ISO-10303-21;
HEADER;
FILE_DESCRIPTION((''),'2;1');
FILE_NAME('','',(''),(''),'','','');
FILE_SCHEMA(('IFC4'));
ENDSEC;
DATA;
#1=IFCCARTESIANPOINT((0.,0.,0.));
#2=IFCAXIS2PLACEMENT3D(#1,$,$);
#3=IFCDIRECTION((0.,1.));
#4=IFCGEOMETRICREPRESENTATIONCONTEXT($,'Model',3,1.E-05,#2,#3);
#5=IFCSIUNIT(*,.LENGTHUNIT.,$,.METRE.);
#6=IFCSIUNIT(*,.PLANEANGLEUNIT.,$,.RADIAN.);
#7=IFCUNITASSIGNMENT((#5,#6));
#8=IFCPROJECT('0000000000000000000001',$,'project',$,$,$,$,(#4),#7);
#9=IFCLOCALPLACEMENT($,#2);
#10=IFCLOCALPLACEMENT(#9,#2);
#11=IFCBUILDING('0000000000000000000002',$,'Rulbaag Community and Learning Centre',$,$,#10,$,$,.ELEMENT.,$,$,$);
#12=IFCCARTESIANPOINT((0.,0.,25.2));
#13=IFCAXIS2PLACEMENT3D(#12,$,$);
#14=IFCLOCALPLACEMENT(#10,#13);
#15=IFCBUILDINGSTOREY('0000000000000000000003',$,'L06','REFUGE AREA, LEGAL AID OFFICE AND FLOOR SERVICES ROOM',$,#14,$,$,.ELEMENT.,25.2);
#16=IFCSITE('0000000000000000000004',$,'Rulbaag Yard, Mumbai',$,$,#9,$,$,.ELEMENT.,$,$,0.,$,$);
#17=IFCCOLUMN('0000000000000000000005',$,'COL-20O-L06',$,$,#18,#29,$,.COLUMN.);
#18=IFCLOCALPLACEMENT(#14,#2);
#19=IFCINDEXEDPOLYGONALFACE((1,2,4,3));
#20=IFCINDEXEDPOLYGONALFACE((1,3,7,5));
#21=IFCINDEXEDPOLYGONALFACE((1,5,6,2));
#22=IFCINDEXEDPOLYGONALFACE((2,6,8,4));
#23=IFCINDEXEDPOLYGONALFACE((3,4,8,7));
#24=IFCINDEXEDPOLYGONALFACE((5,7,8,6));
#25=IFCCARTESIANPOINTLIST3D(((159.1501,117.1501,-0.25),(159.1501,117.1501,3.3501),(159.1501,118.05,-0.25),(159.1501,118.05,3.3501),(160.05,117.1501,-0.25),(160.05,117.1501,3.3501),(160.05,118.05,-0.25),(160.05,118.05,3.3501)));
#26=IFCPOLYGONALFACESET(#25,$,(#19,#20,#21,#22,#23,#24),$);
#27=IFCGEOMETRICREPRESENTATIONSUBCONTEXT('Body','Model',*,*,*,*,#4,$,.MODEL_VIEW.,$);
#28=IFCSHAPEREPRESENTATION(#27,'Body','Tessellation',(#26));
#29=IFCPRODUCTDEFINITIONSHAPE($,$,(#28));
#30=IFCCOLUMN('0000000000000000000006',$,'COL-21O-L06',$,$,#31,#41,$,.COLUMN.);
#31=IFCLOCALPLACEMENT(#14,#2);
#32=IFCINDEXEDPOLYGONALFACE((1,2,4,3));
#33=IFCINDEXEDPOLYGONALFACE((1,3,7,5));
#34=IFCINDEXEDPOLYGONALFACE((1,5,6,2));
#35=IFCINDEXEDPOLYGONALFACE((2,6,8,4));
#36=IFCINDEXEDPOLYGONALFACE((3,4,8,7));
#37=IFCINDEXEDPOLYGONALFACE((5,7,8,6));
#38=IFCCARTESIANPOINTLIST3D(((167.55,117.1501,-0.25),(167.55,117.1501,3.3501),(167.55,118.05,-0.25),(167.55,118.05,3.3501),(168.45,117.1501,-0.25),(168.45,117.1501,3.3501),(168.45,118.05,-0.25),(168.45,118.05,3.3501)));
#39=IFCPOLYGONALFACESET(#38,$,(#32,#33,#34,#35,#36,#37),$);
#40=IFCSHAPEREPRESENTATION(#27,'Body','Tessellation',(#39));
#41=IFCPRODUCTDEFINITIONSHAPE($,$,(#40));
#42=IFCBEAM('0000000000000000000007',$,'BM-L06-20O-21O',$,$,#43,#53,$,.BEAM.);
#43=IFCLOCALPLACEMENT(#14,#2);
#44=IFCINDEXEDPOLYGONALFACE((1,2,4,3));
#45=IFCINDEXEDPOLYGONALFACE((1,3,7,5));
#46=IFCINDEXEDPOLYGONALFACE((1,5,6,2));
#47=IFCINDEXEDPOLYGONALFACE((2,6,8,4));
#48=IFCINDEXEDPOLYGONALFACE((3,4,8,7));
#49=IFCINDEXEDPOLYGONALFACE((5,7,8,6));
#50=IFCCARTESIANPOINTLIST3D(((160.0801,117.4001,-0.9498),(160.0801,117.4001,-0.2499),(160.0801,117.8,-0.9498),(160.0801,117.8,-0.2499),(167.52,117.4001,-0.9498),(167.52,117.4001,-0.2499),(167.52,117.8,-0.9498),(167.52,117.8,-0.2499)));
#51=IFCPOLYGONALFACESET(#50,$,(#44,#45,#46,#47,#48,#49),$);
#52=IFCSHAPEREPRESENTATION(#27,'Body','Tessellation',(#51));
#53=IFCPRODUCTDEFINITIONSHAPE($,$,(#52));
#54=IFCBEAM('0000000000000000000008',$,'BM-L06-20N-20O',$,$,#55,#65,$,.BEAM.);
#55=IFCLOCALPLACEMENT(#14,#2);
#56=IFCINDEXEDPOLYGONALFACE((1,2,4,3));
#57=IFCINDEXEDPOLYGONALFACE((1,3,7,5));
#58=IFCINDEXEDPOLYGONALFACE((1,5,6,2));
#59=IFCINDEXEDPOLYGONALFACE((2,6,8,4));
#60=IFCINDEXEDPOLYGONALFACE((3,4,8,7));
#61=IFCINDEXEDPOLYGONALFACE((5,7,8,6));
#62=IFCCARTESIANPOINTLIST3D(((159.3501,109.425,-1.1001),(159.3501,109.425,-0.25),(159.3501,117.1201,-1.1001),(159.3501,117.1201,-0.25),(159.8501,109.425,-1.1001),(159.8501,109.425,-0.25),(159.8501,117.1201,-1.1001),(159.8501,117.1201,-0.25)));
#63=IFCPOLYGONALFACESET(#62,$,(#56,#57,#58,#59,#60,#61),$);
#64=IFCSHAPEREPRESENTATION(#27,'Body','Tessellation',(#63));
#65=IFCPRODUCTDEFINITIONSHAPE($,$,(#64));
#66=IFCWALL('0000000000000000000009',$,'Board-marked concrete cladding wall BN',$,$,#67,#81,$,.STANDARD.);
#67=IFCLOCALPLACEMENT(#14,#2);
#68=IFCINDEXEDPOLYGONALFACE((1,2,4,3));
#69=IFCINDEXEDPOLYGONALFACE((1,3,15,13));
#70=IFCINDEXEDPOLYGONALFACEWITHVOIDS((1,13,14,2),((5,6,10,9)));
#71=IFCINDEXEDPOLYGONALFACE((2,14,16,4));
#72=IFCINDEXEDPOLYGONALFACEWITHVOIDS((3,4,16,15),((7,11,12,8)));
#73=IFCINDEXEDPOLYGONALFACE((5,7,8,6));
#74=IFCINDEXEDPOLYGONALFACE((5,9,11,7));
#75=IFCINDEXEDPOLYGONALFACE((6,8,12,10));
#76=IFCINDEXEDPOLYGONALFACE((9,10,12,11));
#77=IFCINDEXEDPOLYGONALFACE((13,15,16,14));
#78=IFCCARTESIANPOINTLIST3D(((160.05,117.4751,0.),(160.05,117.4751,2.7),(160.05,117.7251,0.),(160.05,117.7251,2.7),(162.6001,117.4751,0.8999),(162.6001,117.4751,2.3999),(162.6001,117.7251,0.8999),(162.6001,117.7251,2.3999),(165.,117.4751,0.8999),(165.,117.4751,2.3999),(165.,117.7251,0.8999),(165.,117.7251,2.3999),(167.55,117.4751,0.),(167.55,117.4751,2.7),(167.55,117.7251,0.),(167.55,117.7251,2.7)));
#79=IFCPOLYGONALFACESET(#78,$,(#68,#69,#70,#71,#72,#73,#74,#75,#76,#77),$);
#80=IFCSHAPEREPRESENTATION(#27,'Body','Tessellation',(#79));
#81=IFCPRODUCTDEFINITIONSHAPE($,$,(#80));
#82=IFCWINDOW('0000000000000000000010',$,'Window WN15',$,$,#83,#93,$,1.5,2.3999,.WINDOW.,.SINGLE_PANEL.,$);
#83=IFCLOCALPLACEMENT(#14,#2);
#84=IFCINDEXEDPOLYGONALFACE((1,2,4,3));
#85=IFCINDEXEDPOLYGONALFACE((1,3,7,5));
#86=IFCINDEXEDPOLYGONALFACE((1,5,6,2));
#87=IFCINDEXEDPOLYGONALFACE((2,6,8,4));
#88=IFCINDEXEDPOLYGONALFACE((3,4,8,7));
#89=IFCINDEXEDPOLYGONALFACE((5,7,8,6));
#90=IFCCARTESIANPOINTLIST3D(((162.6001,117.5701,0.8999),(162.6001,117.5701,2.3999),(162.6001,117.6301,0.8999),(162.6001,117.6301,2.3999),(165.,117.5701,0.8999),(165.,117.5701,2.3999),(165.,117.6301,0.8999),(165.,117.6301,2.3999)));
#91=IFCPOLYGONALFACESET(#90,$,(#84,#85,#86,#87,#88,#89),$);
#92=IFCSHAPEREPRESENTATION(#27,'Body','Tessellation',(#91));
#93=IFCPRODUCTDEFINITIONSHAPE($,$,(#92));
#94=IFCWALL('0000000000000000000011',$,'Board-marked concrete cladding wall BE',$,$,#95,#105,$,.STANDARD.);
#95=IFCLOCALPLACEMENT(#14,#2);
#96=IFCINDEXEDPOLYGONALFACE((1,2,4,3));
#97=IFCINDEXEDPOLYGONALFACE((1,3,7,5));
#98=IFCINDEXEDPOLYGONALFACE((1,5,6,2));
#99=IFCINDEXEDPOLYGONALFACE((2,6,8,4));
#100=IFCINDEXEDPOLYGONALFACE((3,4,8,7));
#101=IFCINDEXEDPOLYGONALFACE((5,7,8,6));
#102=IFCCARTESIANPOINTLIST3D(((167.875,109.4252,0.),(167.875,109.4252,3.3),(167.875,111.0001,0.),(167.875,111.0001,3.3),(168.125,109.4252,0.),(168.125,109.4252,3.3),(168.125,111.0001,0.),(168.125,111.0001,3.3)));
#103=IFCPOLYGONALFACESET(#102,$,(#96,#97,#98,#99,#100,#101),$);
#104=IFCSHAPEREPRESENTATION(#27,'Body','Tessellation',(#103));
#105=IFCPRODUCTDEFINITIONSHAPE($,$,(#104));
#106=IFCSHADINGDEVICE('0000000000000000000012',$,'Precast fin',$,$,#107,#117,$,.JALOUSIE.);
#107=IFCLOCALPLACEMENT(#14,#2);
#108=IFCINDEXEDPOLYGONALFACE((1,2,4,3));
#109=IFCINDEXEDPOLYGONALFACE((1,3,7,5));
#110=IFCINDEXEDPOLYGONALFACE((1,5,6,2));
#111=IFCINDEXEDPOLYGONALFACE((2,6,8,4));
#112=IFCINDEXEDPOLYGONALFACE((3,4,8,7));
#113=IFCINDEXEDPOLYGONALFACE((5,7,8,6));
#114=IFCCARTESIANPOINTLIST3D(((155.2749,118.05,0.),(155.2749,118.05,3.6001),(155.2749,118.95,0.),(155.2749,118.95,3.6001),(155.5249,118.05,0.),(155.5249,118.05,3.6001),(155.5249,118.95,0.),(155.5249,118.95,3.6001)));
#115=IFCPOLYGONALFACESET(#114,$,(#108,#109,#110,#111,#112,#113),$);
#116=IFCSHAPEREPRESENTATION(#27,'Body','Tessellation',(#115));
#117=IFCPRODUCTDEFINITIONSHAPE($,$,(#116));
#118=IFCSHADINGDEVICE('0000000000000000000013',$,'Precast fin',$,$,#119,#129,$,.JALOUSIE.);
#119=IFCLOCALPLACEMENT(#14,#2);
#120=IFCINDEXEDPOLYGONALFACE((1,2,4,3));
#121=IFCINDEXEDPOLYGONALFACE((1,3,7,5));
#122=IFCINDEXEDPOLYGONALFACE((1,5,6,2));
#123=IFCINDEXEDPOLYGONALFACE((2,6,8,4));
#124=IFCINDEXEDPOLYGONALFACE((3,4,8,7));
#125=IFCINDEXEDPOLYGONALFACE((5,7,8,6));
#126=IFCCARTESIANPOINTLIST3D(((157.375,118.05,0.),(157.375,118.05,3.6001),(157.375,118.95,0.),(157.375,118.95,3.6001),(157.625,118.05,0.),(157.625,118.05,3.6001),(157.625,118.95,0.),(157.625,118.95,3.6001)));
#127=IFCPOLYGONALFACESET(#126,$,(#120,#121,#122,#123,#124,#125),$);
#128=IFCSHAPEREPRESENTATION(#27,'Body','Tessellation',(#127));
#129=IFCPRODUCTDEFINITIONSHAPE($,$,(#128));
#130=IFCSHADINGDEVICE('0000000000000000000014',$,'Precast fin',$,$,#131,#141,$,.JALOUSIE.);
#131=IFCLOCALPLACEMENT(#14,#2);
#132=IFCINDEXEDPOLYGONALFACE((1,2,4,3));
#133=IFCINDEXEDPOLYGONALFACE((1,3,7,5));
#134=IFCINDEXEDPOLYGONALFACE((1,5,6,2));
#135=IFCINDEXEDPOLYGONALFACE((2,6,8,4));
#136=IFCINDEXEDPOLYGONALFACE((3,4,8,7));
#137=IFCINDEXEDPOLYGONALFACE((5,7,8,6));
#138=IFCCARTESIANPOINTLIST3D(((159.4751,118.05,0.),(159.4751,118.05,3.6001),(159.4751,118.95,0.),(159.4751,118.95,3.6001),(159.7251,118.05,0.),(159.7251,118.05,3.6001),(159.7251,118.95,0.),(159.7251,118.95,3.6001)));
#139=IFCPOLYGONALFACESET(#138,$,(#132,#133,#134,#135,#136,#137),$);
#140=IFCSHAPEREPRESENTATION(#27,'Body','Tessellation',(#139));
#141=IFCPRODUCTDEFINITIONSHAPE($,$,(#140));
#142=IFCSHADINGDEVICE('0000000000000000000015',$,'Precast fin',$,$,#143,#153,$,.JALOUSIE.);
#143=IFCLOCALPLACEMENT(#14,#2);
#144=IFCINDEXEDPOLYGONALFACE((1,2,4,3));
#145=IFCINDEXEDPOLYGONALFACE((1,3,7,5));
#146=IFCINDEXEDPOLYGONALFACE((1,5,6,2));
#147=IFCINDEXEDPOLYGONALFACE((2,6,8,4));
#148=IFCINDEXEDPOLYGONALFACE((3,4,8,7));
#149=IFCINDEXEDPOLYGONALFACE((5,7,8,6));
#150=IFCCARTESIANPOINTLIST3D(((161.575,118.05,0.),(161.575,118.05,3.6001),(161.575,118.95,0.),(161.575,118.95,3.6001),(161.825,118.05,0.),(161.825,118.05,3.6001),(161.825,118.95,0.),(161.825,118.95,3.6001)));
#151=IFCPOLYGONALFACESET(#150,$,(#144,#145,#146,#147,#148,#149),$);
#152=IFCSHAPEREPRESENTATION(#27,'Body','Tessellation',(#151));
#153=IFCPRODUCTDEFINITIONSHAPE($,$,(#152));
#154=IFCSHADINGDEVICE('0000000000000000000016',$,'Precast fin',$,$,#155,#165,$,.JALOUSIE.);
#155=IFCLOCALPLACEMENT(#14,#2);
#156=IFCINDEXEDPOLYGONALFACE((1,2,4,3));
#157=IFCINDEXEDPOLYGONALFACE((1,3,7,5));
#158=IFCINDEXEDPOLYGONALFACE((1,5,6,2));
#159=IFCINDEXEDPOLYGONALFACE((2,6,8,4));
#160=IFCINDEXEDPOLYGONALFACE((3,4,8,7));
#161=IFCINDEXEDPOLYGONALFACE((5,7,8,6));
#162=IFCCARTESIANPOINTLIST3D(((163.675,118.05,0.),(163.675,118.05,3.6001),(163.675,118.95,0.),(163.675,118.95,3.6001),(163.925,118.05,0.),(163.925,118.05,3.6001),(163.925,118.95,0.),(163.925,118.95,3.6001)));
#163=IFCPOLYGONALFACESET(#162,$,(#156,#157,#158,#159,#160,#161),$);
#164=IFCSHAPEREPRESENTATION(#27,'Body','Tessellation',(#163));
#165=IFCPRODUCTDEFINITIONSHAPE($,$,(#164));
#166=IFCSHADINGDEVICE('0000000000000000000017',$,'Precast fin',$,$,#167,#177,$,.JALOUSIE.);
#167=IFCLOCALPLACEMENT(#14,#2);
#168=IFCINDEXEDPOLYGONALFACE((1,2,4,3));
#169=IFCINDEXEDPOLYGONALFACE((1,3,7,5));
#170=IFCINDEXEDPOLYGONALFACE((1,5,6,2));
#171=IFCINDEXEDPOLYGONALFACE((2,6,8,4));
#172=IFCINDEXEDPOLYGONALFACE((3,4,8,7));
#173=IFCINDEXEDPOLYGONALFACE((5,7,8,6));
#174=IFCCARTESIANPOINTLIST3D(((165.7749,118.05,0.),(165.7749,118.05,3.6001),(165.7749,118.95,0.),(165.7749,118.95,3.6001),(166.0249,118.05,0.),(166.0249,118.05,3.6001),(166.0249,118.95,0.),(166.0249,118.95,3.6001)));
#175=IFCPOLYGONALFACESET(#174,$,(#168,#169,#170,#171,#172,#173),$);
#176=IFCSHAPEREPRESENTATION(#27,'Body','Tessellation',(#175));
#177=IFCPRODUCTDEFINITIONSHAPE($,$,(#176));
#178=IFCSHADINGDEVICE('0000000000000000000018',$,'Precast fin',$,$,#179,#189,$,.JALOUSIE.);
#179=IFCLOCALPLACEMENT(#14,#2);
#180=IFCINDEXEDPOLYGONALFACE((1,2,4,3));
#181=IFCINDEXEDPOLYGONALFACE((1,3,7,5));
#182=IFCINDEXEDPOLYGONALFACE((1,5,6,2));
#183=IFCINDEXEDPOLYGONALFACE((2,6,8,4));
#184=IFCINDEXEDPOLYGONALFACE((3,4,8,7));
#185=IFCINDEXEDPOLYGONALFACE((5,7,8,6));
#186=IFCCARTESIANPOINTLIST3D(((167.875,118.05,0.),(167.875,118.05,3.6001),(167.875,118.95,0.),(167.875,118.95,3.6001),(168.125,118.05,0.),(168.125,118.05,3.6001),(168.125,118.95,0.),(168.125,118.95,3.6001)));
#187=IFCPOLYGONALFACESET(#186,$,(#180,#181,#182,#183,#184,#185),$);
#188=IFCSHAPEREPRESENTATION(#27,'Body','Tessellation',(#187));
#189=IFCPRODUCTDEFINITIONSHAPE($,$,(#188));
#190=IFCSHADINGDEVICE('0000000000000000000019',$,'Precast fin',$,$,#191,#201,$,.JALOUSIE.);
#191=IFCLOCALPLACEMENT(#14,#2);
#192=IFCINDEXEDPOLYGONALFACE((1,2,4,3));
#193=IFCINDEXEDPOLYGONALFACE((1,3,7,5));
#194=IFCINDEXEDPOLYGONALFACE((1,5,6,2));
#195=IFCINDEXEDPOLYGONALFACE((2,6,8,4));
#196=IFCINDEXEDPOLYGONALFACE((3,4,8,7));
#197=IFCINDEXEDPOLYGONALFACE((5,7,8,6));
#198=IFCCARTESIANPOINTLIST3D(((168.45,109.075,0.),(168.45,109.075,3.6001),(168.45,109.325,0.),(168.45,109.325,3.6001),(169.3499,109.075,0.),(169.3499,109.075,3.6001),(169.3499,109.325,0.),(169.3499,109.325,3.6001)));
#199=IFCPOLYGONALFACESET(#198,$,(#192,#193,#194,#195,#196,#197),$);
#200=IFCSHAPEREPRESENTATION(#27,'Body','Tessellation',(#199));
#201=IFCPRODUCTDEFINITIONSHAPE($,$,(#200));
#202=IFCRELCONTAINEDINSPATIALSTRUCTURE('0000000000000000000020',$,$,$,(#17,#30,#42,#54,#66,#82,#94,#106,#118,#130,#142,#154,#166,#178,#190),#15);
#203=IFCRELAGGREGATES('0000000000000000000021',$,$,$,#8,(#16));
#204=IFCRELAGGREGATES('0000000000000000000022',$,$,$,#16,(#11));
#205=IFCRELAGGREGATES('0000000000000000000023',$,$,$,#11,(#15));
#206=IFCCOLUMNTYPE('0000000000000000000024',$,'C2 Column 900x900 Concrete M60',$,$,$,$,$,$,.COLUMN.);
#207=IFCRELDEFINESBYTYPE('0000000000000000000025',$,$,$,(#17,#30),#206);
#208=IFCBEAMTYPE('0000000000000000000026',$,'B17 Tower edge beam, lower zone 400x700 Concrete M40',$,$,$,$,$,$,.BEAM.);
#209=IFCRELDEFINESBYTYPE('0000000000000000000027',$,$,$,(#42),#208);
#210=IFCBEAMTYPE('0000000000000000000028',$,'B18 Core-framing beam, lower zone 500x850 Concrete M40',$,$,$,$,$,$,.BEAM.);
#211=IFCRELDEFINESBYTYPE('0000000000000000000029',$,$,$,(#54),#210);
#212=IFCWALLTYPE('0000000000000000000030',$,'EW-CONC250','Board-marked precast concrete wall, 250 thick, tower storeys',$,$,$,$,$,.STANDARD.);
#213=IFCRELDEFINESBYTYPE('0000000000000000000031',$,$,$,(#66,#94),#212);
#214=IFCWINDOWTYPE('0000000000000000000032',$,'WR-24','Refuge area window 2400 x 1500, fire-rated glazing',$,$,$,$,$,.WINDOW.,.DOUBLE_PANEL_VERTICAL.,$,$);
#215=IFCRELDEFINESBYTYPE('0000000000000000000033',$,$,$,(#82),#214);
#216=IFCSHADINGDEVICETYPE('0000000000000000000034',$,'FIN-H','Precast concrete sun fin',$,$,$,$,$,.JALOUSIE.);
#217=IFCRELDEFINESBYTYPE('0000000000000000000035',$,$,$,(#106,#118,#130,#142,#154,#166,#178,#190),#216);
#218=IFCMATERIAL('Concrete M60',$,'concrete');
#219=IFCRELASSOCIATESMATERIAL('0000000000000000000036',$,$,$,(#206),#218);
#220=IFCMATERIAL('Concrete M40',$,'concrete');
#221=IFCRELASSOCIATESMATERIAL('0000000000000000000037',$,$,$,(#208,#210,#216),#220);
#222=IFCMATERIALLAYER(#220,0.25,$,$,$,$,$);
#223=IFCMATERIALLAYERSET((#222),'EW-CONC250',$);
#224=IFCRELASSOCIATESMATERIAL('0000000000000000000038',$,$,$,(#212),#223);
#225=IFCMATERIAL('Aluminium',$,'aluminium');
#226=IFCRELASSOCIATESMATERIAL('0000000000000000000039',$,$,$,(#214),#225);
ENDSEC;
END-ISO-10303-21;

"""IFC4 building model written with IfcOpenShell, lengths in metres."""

from ifc_helpers import new_model, si_unit, direction, frame, frame_2d, origin, origin_2d, place, context, subcontext, project, spatial, rectangle, extrude, material, layer, layer_set, material_profile, profile_set, type_object, element, fill, save


model = new_model("IFC4")

# Units and contexts
model_context = context("Model", 3, precision=1e-05, world=origin(), true_north=direction((0.0, 1.0)))
body_context = subcontext(model_context, "Body", "Model", "MODEL_VIEW")
ifc_project = project(units=[si_unit("LENGTHUNIT", "METRE"), si_unit("PLANEANGLEUNIT", "RADIAN")], contexts=[model_context])

# Site, building, storey
site_placement = place(None, origin())
site = spatial("IfcSite", under=ifc_project, at=site_placement, Name="Rulbaag Yard, Mumbai", CompositionType="ELEMENT", RefElevation=0.0)
building_placement = place(site_placement, origin())
building = spatial("IfcBuilding", under=site, at=building_placement, Name="Rulbaag Community and Learning Centre", CompositionType="ELEMENT")
storey_placement = place(building_placement, frame((0.0, 0.0, 25.2)))
storey = spatial("IfcBuildingStorey", under=building, at=storey_placement, Name="L06", Description="REFUGE AREA, LEGAL AID OFFICE AND FLOOR SERVICES ROOM", CompositionType="ELEMENT", Elevation=25.2)

# Columns
ifc_material_1 = material(Name="Concrete M60", Category="concrete")
ifc_material_profile_1 = material_profile(ifc_material_1, rectangle(XDim=0.8999, YDim=0.8999, at=origin_2d()), Name="RC900x900")
ifc_profile_set_1 = profile_set([ifc_material_profile_1], Name="Concrete M60")
column_type = type_object("IfcColumnType", Name="C2 Column 900x900 Concrete M60", PredefinedType="COLUMN", material=ifc_profile_set_1)
for number, where, z_axis, x_axis, name in (
    (1, (159.6001, 117.6001, -0.25), (0.0, 0.0, 1.0), (1.0, 0.0, 0.0), "COL-20O-L06"),
    (2, (168.0, 117.6001, -0.25), (0.0, 0.0, 1.0), (1.0, 0.0, 0.0), "COL-21O-L06"),
):
    element("IfcColumn", number, at=place(storey_placement, frame(where, z_axis=z_axis, x_axis=x_axis)), inside=storey, type_object=column_type, Name=name, PredefinedType="COLUMN", context=body_context, shape_type="SweptSolid", body=[
        extrude(rectangle(XDim=0.8999, YDim=0.8999, at=origin_2d()), origin(), (0.0, 0.0, 1.0), 3.6001),
    ])

# Beams
ifc_material_2 = material(Name="Concrete M40", Category="concrete")
ifc_material_profile_2 = material_profile(ifc_material_2, rectangle(XDim=0.3999, YDim=0.7, at=origin_2d()), Name="RB400x700")
ifc_profile_set_2 = profile_set([ifc_material_profile_2], Name="Concrete M40")
beam_type_1 = type_object("IfcBeamType", Name="B17 Tower edge beam, lower zone 400x700 Concrete M40", PredefinedType="BEAM", material=ifc_profile_set_2)
beam_1_placement = place(storey_placement, frame((160.0801, 117.6001, -0.5999), z_axis=(1.0, 0.0, 0.0), x_axis=(0.0, 1.0, 0.0)))
element("IfcBeam", 3, at=beam_1_placement, inside=storey, type_object=beam_type_1, Name="BM-L06-20O-21O", PredefinedType="BEAM", context=body_context, shape_type="SweptSolid", body=[
    extrude(rectangle(XDim=0.3999, YDim=0.7, at=origin_2d()), origin(), (0.0, 0.0, 1.0), 7.4399),
])
ifc_material_profile_3 = material_profile(ifc_material_2, rectangle(XDim=0.5, YDim=0.8501, at=origin_2d()), Name="RB500x850")
ifc_profile_set_3 = profile_set([ifc_material_profile_3], Name="Concrete M40")
beam_type_2 = type_object("IfcBeamType", Name="B18 Core-framing beam, lower zone 500x850 Concrete M40", PredefinedType="BEAM", material=ifc_profile_set_3)
beam_2_placement = place(storey_placement, frame((159.6001, 109.425, -0.675), z_axis=(0.0, 1.0, 0.0), x_axis=(-1.0, 0.0, 0.0)))
element("IfcBeam", 4, at=beam_2_placement, inside=storey, type_object=beam_type_2, Name="BM-L06-20N-20O", PredefinedType="BEAM", context=body_context, shape_type="SweptSolid", body=[
    extrude(rectangle(XDim=0.5, YDim=0.8501, at=origin_2d()), origin(), (0.0, 0.0, 1.0), 7.6951),
])

# Wall, opening, window
ifc_layer = layer(ifc_material_2, 0.25)
ifc_layer_set = layer_set([ifc_layer], Name="EW-CONC250")
wall_type = type_object("IfcWallType", Name="EW-CONC250", Description="Board-marked precast concrete wall, 250 thick, tower storeys", PredefinedType="STANDARD", material=ifc_layer_set)
wall_1_placement = place(storey_placement, frame((160.05, 117.6001, 0.0), z_axis=(0.0, 0.0, 1.0), x_axis=(1.0, 0.0, 0.0)))
wall_1 = element("IfcWall", 5, at=wall_1_placement, inside=storey, type_object=wall_type, Name="Board-marked concrete cladding wall BN", PredefinedType="STANDARD", context=body_context, shape_type="SweptSolid", body=[
    extrude(rectangle(XDim=7.5, YDim=0.25, at=frame_2d((3.75, 0.0))), origin(), (0.0, 0.0, 1.0), 2.7),
])
opening_placement = place(wall_1_placement, frame((2.55, 0.0, 0.8999)))
opening = element("IfcOpeningElement", 6, at=opening_placement, cuts=wall_1, PredefinedType="OPENING", context=body_context, shape_type="SweptSolid", body=[
    extrude(rectangle(XDim=2.3999, YDim=1.5, at=frame_2d((1.2, 0.75))), frame((0.0, 0.135, 0.0), z_axis=(0.0, -1.0, 0.0), x_axis=(1.0, 0.0, 0.0)), (0.0, 0.0, 1.0), 0.27),
])
ifc_material_3 = material(Name="Aluminium", Category="aluminium")
window_type = type_object("IfcWindowType", Name="WR-24", Description="Refuge area window 2400 x 1500, fire-rated glazing", PartitioningType="DOUBLE_PANEL_VERTICAL", PredefinedType="WINDOW", material=ifc_material_3)
window_placement = place(opening_placement, origin())
window = element("IfcWindow", 7, at=window_placement, inside=storey, type_object=window_type, Name="Window WN15", OverallHeight=1.5, OverallWidth=2.3999, PartitioningType="SINGLE_PANEL", PredefinedType="WINDOW", context=body_context, shape_type="SweptSolid", body=[
    extrude(rectangle(XDim=2.3999, YDim=1.5, at=frame_2d((1.2, 0.75))), frame((0.0, 0.03, 0.0), z_axis=(0.0, -1.0, 0.0), x_axis=(1.0, 0.0, 0.0)), (0.0, 0.0, 1.0), 0.0601),
])
fill(opening, window)

# Wall
wall_2_placement = place(storey_placement, frame((168.0, 109.425, 0.0), z_axis=(0.0, 0.0, 1.0), x_axis=(0.0, 1.0, 0.0)))
element("IfcWall", 8, at=wall_2_placement, inside=storey, type_object=wall_type, Name="Board-marked concrete cladding wall BE", PredefinedType="STANDARD", context=body_context, shape_type="SweptSolid", body=[
    extrude(rectangle(XDim=1.575, YDim=0.25, at=frame_2d((0.7876, 0.0))), origin(), (0.0, 0.0, 1.0), 3.3),
])

# Shading devices
ifc_material_profile_4 = material_profile(ifc_material_2, rectangle(XDim=0.25, YDim=0.8999, at=origin_2d()), Name="PC 250x900")
ifc_profile_set_4 = profile_set([ifc_material_profile_4], Name="Concrete M40")
shading_device_type = type_object("IfcShadingDeviceType", Name="FIN-H", Description="Precast concrete sun fin", PredefinedType="JALOUSIE", material=ifc_profile_set_4)
for number, where, z_axis, x_axis, name in (
    (9, (155.3999, 118.5, 0.0), (0.0, 0.0, 1.0), (1.0, 0.0, 0.0), "Precast fin"),
    (10, (157.5, 118.5, 0.0), (0.0, 0.0, 1.0), (1.0, 0.0, 0.0), "Precast fin"),
    (11, (159.6001, 118.5, 0.0), (0.0, 0.0, 1.0), (1.0, 0.0, 0.0), "Precast fin"),
    (12, (161.7, 118.5, 0.0), (0.0, 0.0, 1.0), (1.0, 0.0, 0.0), "Precast fin"),
    (13, (163.8, 118.5, 0.0), (0.0, 0.0, 1.0), (1.0, 0.0, 0.0), "Precast fin"),
    (14, (165.8999, 118.5, 0.0), (0.0, 0.0, 1.0), (1.0, 0.0, 0.0), "Precast fin"),
    (15, (168.0, 118.5, 0.0), (0.0, 0.0, 1.0), (1.0, 0.0, 0.0), "Precast fin"),
    (16, (168.8999, 109.2, 0.0), (0.0, 0.0, 1.0), (0.0, 1.0, 0.0), "Precast fin"),
):
    element("IfcShadingDevice", number, at=place(storey_placement, frame(where, z_axis=z_axis, x_axis=x_axis)), inside=storey, type_object=shading_device_type, Name=name, PredefinedType="JALOUSIE", context=body_context, shape_type="SweptSolid", body=[
        extrude(rectangle(XDim=0.25, YDim=0.8999, at=origin_2d()), origin(), (0.0, 0.0, 1.0), 3.6001),
    ])

save(model, "model.ifc")
